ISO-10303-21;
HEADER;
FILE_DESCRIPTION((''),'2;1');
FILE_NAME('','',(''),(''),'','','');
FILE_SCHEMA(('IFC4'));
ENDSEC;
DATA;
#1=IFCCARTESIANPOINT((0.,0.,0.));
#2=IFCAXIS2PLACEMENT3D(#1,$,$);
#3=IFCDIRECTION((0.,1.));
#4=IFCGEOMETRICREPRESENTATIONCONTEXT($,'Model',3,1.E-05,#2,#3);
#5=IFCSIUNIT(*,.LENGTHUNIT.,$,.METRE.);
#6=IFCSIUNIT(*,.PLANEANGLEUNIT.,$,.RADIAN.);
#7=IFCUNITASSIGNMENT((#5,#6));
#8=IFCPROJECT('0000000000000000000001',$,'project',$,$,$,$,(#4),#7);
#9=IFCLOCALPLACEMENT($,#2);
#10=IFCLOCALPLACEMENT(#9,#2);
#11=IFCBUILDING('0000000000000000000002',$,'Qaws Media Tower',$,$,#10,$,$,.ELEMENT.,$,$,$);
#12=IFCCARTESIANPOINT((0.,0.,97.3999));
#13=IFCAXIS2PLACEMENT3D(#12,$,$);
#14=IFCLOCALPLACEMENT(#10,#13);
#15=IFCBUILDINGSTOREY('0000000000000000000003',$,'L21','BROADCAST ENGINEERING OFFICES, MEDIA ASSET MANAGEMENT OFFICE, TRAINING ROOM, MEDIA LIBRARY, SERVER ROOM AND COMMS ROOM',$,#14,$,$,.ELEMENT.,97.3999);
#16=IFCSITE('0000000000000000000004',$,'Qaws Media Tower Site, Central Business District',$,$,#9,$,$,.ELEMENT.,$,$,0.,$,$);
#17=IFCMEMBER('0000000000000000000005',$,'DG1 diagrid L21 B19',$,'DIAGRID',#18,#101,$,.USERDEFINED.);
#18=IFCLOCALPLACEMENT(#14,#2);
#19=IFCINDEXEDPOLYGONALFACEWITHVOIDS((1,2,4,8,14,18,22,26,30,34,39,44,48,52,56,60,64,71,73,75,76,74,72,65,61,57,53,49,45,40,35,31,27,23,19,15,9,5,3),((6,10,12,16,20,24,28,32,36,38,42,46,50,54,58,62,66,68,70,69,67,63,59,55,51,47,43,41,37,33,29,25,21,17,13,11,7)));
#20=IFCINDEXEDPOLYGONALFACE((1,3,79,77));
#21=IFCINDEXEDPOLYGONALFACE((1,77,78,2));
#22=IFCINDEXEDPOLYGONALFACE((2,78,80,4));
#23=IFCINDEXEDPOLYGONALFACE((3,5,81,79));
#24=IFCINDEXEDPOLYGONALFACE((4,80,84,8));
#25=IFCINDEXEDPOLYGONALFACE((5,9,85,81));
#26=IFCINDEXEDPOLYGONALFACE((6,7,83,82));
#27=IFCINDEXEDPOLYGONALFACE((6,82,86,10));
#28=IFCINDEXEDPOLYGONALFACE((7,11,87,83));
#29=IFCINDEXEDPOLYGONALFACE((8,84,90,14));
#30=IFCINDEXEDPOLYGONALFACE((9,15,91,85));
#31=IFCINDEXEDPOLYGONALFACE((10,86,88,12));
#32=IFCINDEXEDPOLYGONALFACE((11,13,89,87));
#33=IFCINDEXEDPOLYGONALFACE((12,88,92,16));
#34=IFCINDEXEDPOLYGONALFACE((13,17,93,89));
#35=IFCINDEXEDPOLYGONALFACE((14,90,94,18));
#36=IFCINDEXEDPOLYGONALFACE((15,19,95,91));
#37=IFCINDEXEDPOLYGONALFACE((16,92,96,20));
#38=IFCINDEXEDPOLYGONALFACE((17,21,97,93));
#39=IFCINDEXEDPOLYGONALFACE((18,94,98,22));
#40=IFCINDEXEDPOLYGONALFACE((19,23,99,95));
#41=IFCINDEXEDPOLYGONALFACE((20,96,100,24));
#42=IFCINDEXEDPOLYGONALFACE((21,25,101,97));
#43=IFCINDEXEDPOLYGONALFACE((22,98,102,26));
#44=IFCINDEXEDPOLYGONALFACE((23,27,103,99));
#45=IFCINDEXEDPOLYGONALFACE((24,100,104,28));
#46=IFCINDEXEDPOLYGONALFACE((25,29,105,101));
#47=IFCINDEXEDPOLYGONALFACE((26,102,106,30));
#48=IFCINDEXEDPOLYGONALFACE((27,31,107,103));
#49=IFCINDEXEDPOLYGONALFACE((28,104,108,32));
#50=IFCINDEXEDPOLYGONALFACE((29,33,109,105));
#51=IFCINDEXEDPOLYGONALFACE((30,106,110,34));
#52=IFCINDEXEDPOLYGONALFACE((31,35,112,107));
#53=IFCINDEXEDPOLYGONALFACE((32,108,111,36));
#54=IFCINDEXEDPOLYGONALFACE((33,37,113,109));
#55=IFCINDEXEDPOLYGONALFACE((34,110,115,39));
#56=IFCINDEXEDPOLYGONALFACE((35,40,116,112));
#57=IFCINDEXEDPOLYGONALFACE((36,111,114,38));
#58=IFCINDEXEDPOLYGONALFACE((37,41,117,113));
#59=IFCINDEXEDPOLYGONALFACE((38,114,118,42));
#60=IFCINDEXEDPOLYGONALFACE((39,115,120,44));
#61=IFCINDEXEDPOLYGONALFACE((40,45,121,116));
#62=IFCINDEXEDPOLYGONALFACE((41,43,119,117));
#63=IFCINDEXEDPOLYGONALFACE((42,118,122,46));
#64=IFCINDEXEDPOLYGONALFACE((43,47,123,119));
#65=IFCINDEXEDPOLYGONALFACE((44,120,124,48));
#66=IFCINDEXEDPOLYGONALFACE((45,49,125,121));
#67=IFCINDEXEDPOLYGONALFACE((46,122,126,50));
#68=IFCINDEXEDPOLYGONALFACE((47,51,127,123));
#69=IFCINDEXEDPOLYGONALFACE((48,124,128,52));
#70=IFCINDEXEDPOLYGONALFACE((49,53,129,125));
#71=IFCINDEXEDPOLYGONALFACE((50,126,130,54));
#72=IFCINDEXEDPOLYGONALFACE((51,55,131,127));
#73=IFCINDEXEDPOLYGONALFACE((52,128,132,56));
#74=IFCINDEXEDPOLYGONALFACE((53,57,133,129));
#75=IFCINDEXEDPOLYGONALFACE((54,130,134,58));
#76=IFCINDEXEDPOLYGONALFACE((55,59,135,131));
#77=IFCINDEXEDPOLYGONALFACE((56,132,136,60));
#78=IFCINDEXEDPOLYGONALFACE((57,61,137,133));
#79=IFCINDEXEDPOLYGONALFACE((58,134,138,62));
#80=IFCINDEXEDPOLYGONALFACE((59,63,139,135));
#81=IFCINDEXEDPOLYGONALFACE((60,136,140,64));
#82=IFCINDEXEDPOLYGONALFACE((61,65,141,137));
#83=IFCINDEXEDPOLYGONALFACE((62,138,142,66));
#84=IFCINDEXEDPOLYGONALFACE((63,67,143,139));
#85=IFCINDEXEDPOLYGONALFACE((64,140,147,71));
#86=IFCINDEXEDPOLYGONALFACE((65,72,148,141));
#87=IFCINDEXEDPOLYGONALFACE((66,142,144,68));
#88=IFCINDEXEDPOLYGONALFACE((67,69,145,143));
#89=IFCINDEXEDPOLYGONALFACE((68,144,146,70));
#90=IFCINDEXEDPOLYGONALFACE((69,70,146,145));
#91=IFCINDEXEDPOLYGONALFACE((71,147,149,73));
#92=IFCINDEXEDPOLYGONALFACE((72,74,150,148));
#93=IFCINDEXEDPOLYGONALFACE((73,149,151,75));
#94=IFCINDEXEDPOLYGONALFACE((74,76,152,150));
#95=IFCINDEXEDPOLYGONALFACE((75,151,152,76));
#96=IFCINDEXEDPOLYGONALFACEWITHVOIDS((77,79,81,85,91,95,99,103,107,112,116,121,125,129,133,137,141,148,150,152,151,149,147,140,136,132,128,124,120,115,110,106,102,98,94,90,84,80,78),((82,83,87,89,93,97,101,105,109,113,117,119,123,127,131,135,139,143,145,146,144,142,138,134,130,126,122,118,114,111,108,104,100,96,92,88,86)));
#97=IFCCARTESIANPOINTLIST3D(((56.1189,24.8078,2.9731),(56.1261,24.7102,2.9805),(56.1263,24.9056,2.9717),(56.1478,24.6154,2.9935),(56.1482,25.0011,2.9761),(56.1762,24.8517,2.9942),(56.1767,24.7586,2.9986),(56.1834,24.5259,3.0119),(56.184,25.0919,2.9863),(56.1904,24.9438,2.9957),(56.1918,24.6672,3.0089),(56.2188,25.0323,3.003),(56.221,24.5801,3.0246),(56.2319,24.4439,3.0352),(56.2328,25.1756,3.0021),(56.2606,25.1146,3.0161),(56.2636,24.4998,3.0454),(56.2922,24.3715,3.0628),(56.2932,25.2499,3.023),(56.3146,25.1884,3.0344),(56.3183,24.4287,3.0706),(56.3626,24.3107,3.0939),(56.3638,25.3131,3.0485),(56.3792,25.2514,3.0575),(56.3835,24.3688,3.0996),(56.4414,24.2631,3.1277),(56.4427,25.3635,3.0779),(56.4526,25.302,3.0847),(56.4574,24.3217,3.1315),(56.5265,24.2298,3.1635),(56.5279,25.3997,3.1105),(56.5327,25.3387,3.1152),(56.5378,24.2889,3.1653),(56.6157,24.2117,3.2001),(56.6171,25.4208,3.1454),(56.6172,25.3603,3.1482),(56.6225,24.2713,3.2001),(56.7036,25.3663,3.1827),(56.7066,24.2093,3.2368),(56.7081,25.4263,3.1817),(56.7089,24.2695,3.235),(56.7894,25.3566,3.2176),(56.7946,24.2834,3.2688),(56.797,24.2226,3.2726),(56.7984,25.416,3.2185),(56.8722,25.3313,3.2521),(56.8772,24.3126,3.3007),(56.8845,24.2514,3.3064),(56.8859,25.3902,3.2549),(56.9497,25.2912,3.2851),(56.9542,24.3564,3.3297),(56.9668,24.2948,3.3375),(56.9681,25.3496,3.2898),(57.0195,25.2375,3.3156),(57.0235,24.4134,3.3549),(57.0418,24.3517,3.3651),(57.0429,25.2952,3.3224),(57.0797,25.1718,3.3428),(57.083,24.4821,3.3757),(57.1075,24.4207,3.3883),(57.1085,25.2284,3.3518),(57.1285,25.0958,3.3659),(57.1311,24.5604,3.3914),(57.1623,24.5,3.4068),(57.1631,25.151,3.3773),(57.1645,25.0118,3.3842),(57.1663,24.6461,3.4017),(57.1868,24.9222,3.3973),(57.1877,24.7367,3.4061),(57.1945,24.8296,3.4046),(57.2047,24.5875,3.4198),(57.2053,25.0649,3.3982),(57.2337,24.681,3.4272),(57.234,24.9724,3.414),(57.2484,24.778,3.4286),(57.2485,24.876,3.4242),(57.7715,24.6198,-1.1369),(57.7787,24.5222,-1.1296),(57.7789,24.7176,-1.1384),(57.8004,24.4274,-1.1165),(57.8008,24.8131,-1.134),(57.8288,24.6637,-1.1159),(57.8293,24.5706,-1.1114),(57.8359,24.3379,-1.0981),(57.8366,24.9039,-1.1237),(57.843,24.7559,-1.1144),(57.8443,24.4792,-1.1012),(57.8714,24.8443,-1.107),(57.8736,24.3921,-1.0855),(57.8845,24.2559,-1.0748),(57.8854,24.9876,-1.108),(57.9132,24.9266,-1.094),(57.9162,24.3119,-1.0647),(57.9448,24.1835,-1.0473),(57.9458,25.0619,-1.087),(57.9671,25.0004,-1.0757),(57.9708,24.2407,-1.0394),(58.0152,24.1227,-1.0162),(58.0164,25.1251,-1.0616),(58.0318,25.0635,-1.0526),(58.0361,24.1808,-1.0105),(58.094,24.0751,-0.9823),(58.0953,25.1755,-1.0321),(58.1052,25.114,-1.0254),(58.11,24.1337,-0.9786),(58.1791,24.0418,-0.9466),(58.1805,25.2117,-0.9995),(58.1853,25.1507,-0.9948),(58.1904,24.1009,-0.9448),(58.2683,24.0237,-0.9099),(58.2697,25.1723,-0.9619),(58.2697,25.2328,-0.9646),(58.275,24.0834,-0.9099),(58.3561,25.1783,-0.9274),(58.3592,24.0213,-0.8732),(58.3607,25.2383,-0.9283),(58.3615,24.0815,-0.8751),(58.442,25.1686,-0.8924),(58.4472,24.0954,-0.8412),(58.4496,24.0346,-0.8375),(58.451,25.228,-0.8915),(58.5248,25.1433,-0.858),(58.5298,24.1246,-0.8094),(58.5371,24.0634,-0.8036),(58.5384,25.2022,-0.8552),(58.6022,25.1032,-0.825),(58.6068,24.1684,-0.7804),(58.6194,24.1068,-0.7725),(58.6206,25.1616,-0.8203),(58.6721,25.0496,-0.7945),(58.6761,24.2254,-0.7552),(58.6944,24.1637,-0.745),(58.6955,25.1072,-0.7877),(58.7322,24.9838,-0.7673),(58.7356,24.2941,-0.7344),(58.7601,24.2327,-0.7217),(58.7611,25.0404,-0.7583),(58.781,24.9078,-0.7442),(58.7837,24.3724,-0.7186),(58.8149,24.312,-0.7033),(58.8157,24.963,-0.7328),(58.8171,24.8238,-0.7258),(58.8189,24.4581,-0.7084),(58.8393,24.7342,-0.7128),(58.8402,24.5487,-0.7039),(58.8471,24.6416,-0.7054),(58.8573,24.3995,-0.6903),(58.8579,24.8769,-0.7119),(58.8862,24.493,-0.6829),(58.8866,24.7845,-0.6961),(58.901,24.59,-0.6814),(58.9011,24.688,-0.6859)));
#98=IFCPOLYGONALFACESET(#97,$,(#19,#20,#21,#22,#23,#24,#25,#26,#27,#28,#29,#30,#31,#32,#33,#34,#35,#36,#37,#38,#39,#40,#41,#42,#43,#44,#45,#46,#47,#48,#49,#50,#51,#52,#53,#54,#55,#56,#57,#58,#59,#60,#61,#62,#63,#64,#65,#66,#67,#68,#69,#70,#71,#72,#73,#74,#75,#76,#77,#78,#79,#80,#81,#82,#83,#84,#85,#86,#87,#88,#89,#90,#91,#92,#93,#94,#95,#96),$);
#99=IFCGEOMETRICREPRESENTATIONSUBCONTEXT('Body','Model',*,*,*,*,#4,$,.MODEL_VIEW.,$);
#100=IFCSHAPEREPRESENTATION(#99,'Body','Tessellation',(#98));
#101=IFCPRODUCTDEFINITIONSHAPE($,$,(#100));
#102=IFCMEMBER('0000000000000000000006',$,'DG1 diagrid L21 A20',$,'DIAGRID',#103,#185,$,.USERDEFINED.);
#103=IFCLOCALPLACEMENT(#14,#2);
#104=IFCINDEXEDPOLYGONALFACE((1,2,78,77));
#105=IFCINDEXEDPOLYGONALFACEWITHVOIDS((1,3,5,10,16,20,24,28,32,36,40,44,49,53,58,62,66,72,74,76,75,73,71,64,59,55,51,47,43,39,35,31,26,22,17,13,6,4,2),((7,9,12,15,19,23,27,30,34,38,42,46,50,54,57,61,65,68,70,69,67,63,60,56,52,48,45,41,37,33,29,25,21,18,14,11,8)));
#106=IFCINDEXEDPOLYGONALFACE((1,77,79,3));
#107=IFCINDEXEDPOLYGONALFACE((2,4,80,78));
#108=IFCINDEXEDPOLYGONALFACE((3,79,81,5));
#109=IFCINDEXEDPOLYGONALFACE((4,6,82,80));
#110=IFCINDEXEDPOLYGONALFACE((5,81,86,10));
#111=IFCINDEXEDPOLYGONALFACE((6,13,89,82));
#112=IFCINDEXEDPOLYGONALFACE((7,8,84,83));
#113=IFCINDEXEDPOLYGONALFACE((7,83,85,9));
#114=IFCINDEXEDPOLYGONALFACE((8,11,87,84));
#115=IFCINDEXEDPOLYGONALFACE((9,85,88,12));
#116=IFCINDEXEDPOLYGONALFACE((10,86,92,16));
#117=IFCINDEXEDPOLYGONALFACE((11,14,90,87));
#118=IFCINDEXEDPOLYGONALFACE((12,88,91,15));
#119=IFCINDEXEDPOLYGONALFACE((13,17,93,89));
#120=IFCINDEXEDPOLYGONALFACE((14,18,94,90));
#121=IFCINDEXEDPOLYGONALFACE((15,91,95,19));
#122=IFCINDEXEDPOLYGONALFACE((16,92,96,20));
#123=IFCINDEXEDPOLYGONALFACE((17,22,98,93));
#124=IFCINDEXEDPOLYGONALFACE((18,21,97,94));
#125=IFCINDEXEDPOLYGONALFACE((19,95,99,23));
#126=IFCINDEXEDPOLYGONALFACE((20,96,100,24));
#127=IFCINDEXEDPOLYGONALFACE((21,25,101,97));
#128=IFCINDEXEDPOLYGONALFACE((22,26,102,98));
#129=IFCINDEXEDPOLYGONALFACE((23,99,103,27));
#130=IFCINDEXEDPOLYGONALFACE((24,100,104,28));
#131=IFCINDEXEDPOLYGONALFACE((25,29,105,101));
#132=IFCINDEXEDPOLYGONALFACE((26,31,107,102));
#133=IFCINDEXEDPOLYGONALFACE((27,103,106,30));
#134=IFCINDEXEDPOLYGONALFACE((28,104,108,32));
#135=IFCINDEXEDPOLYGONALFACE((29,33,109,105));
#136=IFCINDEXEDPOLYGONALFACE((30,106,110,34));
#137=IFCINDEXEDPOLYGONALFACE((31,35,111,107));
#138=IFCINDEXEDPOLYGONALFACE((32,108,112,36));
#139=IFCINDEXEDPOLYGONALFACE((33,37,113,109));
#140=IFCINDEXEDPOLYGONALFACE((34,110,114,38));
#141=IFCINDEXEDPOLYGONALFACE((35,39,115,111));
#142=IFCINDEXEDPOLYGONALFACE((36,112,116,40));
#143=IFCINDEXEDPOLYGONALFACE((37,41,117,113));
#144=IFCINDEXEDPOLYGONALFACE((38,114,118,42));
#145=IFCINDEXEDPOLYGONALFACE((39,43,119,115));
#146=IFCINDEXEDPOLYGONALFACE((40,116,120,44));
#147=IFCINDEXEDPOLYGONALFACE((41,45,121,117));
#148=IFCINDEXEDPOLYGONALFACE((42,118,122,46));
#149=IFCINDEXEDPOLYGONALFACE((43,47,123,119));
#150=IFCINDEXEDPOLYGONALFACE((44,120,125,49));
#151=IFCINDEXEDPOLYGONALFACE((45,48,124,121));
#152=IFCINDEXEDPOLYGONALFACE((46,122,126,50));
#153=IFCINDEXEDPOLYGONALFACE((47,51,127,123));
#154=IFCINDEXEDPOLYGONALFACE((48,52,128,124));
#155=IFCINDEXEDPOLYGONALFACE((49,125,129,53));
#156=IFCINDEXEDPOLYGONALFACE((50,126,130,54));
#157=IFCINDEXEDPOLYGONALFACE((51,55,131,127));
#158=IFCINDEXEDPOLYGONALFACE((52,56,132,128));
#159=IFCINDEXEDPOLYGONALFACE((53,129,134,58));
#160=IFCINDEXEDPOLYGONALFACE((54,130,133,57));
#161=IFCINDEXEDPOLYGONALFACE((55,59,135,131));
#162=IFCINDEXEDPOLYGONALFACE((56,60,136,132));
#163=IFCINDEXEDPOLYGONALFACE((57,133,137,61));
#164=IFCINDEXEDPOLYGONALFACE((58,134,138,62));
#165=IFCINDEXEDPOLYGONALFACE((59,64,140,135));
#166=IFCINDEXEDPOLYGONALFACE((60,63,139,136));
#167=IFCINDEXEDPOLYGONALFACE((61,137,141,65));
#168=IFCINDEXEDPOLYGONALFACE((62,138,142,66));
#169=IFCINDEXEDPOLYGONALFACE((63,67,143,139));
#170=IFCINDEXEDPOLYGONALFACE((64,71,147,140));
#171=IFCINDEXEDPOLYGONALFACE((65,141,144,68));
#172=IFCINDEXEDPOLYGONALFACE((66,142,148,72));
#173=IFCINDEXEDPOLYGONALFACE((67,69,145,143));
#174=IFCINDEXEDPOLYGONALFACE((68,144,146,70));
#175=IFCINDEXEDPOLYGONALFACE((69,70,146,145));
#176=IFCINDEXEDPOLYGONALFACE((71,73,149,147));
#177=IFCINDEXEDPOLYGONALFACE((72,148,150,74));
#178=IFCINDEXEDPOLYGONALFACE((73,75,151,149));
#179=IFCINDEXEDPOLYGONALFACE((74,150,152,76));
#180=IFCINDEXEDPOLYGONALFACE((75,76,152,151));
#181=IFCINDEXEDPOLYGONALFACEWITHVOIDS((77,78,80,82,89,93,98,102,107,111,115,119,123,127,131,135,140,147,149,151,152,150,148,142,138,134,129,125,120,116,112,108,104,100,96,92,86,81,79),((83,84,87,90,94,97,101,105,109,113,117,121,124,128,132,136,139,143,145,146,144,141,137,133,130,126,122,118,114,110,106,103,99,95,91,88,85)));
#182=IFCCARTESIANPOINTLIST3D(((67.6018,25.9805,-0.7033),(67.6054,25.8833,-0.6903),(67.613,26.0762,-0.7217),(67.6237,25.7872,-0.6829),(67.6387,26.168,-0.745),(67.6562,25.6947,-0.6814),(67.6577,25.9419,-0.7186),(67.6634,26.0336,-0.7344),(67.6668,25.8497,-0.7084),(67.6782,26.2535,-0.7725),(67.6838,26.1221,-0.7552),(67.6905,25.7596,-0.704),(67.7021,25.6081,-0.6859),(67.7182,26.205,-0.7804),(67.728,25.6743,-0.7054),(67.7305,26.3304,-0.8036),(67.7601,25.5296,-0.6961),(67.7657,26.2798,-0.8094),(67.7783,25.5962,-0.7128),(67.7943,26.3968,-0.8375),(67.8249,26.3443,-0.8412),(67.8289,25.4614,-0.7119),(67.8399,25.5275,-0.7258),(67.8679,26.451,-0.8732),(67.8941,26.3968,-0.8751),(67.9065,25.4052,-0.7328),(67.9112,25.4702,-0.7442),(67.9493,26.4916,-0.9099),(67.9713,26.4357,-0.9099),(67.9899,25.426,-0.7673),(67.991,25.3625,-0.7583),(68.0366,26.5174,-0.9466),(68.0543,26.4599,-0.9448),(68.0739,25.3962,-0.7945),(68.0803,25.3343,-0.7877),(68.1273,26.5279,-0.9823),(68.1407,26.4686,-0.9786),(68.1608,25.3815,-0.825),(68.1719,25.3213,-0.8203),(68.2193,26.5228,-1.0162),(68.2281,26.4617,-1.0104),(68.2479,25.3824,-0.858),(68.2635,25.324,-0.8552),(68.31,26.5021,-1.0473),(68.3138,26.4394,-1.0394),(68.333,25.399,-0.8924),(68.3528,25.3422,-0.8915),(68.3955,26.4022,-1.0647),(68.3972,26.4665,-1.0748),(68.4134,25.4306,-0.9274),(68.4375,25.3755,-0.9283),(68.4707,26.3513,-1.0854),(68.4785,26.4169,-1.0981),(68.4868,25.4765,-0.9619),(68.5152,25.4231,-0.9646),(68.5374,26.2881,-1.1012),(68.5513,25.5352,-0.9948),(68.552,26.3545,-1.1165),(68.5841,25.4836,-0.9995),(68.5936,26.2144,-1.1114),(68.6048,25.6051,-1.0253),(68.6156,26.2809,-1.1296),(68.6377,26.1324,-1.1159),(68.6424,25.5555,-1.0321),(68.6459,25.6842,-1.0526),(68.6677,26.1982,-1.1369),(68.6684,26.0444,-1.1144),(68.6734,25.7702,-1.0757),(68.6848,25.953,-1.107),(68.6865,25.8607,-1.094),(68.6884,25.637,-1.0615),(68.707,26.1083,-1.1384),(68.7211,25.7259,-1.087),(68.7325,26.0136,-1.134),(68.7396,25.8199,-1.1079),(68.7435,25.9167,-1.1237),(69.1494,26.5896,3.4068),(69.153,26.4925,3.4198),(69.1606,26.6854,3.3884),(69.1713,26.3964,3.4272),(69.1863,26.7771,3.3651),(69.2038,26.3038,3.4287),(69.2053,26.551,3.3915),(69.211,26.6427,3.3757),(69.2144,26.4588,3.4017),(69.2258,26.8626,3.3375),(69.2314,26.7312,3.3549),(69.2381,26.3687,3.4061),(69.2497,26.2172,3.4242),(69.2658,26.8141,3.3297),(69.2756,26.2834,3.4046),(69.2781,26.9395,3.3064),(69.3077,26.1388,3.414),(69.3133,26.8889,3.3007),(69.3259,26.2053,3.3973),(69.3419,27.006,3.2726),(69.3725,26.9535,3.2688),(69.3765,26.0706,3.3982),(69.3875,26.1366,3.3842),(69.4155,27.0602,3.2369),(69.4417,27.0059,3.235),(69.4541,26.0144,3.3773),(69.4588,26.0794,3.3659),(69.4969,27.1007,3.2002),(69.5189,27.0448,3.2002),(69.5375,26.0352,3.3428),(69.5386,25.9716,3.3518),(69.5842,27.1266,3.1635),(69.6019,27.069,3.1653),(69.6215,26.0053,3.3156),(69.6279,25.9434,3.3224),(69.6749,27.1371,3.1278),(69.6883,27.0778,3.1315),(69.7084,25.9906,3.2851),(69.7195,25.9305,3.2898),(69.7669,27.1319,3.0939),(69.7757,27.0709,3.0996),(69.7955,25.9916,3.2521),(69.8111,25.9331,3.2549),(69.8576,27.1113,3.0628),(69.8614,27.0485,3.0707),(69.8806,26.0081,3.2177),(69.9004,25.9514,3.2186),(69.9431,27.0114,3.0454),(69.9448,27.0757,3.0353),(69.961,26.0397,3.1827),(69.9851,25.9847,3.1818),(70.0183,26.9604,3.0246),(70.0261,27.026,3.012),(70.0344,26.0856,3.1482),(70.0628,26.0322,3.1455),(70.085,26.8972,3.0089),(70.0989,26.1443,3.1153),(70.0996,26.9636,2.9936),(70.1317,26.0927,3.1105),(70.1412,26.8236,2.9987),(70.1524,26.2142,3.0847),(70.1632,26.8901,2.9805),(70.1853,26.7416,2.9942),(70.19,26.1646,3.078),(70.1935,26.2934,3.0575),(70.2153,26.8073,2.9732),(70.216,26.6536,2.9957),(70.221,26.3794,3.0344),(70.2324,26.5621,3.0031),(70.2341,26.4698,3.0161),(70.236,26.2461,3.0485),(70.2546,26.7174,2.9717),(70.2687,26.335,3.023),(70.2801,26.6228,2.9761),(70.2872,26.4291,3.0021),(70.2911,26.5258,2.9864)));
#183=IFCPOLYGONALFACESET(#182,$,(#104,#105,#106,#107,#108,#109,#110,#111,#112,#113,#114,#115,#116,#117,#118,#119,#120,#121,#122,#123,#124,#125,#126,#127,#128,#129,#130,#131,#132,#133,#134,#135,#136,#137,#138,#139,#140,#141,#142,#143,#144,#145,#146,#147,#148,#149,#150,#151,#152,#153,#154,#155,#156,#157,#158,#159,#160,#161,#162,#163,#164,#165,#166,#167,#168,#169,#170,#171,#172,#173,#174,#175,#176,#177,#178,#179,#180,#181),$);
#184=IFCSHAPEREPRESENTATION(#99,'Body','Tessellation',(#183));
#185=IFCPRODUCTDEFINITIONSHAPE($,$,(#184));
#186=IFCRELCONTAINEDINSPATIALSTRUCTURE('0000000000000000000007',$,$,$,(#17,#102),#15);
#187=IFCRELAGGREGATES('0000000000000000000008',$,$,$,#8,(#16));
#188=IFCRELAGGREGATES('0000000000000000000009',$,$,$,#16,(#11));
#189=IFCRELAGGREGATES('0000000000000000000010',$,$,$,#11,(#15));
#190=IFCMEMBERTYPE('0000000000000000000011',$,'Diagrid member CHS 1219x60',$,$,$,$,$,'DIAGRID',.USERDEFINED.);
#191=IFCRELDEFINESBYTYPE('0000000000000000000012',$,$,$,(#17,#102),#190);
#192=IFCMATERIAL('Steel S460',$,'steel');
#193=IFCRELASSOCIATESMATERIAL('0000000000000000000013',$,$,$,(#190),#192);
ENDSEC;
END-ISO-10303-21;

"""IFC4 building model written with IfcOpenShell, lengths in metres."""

from ifc_helpers import new_model, si_unit, direction, frame, origin, origin_2d, place, context, subcontext, project, spatial, hollow_circle, extrude, material, material_profile, profile_set, type_object, element, save


model = new_model("IFC4")

# Units and contexts
model_context = context("Model", 3, precision=1e-05, world=origin(), true_north=direction((0.0, 1.0)))
body_context = subcontext(model_context, "Body", "Model", "MODEL_VIEW")
ifc_project = project(units=[si_unit("LENGTHUNIT", "METRE"), si_unit("PLANEANGLEUNIT", "RADIAN")], contexts=[model_context])

# Site, building, storey
site_placement = place(None, origin())
site = spatial("IfcSite", under=ifc_project, at=site_placement, Name="Qaws Media Tower Site, Central Business District", CompositionType="ELEMENT", RefElevation=0.0)
building_placement = place(site_placement, origin())
building = spatial("IfcBuilding", under=site, at=building_placement, Name="Qaws Media Tower", CompositionType="ELEMENT")
storey_placement = place(building_placement, frame((0.0, 0.0, 97.3999)))
storey = spatial("IfcBuildingStorey", under=building, at=storey_placement, Name="L21", Description="BROADCAST ENGINEERING OFFICES, MEDIA ASSET MANAGEMENT OFFICE, TRAINING ROOM, MEDIA LIBRARY, SERVER ROOM AND COMMS ROOM", CompositionType="ELEMENT", Elevation=97.3999)

# Members
ifc_material_1 = material(Name="Steel S460", Category="steel")
ifc_material_profile_1 = material_profile(ifc_material_1, hollow_circle(Radius=0.6096, WallThickness=0.0601, at=origin_2d()), Name="CHS 1219x60")
ifc_profile_set_1 = profile_set([ifc_material_profile_1], Name="Steel S460")
member_type_1 = type_object("IfcMemberType", Name="Diagrid member CHS 1219x60", ElementType="DIAGRID", PredefinedType="USERDEFINED", material=ifc_profile_set_1)
for number, where, z_axis, x_axis, name in (
    (1, (58.3372, 24.6294, -0.9099), (-0.372717, 0.042398, 0.926976), (-0.113025, -0.993592, 0.0), "DG1 diagrid L21 B19"),
    (2, (68.1726, 25.9243, -0.9099), (0.349043, 0.137382, 0.926982), (-0.366247, 0.930518, 0.0), "DG1 diagrid L21 A20"),
):
    element("IfcMember", number, at=place(storey_placement, frame(where, z_axis=z_axis, x_axis=x_axis)), inside=storey, type_object=member_type_1, Name=name, ObjectType="DIAGRID", PredefinedType="USERDEFINED", context=body_context, shape_type="SweptSolid", body=[
        extrude(hollow_circle(Radius=0.6096, WallThickness=0.0601, at=origin_2d()), origin(), (0.0, 0.0, 1.0), 4.4338),
    ])

save(model, "model.ifc")
